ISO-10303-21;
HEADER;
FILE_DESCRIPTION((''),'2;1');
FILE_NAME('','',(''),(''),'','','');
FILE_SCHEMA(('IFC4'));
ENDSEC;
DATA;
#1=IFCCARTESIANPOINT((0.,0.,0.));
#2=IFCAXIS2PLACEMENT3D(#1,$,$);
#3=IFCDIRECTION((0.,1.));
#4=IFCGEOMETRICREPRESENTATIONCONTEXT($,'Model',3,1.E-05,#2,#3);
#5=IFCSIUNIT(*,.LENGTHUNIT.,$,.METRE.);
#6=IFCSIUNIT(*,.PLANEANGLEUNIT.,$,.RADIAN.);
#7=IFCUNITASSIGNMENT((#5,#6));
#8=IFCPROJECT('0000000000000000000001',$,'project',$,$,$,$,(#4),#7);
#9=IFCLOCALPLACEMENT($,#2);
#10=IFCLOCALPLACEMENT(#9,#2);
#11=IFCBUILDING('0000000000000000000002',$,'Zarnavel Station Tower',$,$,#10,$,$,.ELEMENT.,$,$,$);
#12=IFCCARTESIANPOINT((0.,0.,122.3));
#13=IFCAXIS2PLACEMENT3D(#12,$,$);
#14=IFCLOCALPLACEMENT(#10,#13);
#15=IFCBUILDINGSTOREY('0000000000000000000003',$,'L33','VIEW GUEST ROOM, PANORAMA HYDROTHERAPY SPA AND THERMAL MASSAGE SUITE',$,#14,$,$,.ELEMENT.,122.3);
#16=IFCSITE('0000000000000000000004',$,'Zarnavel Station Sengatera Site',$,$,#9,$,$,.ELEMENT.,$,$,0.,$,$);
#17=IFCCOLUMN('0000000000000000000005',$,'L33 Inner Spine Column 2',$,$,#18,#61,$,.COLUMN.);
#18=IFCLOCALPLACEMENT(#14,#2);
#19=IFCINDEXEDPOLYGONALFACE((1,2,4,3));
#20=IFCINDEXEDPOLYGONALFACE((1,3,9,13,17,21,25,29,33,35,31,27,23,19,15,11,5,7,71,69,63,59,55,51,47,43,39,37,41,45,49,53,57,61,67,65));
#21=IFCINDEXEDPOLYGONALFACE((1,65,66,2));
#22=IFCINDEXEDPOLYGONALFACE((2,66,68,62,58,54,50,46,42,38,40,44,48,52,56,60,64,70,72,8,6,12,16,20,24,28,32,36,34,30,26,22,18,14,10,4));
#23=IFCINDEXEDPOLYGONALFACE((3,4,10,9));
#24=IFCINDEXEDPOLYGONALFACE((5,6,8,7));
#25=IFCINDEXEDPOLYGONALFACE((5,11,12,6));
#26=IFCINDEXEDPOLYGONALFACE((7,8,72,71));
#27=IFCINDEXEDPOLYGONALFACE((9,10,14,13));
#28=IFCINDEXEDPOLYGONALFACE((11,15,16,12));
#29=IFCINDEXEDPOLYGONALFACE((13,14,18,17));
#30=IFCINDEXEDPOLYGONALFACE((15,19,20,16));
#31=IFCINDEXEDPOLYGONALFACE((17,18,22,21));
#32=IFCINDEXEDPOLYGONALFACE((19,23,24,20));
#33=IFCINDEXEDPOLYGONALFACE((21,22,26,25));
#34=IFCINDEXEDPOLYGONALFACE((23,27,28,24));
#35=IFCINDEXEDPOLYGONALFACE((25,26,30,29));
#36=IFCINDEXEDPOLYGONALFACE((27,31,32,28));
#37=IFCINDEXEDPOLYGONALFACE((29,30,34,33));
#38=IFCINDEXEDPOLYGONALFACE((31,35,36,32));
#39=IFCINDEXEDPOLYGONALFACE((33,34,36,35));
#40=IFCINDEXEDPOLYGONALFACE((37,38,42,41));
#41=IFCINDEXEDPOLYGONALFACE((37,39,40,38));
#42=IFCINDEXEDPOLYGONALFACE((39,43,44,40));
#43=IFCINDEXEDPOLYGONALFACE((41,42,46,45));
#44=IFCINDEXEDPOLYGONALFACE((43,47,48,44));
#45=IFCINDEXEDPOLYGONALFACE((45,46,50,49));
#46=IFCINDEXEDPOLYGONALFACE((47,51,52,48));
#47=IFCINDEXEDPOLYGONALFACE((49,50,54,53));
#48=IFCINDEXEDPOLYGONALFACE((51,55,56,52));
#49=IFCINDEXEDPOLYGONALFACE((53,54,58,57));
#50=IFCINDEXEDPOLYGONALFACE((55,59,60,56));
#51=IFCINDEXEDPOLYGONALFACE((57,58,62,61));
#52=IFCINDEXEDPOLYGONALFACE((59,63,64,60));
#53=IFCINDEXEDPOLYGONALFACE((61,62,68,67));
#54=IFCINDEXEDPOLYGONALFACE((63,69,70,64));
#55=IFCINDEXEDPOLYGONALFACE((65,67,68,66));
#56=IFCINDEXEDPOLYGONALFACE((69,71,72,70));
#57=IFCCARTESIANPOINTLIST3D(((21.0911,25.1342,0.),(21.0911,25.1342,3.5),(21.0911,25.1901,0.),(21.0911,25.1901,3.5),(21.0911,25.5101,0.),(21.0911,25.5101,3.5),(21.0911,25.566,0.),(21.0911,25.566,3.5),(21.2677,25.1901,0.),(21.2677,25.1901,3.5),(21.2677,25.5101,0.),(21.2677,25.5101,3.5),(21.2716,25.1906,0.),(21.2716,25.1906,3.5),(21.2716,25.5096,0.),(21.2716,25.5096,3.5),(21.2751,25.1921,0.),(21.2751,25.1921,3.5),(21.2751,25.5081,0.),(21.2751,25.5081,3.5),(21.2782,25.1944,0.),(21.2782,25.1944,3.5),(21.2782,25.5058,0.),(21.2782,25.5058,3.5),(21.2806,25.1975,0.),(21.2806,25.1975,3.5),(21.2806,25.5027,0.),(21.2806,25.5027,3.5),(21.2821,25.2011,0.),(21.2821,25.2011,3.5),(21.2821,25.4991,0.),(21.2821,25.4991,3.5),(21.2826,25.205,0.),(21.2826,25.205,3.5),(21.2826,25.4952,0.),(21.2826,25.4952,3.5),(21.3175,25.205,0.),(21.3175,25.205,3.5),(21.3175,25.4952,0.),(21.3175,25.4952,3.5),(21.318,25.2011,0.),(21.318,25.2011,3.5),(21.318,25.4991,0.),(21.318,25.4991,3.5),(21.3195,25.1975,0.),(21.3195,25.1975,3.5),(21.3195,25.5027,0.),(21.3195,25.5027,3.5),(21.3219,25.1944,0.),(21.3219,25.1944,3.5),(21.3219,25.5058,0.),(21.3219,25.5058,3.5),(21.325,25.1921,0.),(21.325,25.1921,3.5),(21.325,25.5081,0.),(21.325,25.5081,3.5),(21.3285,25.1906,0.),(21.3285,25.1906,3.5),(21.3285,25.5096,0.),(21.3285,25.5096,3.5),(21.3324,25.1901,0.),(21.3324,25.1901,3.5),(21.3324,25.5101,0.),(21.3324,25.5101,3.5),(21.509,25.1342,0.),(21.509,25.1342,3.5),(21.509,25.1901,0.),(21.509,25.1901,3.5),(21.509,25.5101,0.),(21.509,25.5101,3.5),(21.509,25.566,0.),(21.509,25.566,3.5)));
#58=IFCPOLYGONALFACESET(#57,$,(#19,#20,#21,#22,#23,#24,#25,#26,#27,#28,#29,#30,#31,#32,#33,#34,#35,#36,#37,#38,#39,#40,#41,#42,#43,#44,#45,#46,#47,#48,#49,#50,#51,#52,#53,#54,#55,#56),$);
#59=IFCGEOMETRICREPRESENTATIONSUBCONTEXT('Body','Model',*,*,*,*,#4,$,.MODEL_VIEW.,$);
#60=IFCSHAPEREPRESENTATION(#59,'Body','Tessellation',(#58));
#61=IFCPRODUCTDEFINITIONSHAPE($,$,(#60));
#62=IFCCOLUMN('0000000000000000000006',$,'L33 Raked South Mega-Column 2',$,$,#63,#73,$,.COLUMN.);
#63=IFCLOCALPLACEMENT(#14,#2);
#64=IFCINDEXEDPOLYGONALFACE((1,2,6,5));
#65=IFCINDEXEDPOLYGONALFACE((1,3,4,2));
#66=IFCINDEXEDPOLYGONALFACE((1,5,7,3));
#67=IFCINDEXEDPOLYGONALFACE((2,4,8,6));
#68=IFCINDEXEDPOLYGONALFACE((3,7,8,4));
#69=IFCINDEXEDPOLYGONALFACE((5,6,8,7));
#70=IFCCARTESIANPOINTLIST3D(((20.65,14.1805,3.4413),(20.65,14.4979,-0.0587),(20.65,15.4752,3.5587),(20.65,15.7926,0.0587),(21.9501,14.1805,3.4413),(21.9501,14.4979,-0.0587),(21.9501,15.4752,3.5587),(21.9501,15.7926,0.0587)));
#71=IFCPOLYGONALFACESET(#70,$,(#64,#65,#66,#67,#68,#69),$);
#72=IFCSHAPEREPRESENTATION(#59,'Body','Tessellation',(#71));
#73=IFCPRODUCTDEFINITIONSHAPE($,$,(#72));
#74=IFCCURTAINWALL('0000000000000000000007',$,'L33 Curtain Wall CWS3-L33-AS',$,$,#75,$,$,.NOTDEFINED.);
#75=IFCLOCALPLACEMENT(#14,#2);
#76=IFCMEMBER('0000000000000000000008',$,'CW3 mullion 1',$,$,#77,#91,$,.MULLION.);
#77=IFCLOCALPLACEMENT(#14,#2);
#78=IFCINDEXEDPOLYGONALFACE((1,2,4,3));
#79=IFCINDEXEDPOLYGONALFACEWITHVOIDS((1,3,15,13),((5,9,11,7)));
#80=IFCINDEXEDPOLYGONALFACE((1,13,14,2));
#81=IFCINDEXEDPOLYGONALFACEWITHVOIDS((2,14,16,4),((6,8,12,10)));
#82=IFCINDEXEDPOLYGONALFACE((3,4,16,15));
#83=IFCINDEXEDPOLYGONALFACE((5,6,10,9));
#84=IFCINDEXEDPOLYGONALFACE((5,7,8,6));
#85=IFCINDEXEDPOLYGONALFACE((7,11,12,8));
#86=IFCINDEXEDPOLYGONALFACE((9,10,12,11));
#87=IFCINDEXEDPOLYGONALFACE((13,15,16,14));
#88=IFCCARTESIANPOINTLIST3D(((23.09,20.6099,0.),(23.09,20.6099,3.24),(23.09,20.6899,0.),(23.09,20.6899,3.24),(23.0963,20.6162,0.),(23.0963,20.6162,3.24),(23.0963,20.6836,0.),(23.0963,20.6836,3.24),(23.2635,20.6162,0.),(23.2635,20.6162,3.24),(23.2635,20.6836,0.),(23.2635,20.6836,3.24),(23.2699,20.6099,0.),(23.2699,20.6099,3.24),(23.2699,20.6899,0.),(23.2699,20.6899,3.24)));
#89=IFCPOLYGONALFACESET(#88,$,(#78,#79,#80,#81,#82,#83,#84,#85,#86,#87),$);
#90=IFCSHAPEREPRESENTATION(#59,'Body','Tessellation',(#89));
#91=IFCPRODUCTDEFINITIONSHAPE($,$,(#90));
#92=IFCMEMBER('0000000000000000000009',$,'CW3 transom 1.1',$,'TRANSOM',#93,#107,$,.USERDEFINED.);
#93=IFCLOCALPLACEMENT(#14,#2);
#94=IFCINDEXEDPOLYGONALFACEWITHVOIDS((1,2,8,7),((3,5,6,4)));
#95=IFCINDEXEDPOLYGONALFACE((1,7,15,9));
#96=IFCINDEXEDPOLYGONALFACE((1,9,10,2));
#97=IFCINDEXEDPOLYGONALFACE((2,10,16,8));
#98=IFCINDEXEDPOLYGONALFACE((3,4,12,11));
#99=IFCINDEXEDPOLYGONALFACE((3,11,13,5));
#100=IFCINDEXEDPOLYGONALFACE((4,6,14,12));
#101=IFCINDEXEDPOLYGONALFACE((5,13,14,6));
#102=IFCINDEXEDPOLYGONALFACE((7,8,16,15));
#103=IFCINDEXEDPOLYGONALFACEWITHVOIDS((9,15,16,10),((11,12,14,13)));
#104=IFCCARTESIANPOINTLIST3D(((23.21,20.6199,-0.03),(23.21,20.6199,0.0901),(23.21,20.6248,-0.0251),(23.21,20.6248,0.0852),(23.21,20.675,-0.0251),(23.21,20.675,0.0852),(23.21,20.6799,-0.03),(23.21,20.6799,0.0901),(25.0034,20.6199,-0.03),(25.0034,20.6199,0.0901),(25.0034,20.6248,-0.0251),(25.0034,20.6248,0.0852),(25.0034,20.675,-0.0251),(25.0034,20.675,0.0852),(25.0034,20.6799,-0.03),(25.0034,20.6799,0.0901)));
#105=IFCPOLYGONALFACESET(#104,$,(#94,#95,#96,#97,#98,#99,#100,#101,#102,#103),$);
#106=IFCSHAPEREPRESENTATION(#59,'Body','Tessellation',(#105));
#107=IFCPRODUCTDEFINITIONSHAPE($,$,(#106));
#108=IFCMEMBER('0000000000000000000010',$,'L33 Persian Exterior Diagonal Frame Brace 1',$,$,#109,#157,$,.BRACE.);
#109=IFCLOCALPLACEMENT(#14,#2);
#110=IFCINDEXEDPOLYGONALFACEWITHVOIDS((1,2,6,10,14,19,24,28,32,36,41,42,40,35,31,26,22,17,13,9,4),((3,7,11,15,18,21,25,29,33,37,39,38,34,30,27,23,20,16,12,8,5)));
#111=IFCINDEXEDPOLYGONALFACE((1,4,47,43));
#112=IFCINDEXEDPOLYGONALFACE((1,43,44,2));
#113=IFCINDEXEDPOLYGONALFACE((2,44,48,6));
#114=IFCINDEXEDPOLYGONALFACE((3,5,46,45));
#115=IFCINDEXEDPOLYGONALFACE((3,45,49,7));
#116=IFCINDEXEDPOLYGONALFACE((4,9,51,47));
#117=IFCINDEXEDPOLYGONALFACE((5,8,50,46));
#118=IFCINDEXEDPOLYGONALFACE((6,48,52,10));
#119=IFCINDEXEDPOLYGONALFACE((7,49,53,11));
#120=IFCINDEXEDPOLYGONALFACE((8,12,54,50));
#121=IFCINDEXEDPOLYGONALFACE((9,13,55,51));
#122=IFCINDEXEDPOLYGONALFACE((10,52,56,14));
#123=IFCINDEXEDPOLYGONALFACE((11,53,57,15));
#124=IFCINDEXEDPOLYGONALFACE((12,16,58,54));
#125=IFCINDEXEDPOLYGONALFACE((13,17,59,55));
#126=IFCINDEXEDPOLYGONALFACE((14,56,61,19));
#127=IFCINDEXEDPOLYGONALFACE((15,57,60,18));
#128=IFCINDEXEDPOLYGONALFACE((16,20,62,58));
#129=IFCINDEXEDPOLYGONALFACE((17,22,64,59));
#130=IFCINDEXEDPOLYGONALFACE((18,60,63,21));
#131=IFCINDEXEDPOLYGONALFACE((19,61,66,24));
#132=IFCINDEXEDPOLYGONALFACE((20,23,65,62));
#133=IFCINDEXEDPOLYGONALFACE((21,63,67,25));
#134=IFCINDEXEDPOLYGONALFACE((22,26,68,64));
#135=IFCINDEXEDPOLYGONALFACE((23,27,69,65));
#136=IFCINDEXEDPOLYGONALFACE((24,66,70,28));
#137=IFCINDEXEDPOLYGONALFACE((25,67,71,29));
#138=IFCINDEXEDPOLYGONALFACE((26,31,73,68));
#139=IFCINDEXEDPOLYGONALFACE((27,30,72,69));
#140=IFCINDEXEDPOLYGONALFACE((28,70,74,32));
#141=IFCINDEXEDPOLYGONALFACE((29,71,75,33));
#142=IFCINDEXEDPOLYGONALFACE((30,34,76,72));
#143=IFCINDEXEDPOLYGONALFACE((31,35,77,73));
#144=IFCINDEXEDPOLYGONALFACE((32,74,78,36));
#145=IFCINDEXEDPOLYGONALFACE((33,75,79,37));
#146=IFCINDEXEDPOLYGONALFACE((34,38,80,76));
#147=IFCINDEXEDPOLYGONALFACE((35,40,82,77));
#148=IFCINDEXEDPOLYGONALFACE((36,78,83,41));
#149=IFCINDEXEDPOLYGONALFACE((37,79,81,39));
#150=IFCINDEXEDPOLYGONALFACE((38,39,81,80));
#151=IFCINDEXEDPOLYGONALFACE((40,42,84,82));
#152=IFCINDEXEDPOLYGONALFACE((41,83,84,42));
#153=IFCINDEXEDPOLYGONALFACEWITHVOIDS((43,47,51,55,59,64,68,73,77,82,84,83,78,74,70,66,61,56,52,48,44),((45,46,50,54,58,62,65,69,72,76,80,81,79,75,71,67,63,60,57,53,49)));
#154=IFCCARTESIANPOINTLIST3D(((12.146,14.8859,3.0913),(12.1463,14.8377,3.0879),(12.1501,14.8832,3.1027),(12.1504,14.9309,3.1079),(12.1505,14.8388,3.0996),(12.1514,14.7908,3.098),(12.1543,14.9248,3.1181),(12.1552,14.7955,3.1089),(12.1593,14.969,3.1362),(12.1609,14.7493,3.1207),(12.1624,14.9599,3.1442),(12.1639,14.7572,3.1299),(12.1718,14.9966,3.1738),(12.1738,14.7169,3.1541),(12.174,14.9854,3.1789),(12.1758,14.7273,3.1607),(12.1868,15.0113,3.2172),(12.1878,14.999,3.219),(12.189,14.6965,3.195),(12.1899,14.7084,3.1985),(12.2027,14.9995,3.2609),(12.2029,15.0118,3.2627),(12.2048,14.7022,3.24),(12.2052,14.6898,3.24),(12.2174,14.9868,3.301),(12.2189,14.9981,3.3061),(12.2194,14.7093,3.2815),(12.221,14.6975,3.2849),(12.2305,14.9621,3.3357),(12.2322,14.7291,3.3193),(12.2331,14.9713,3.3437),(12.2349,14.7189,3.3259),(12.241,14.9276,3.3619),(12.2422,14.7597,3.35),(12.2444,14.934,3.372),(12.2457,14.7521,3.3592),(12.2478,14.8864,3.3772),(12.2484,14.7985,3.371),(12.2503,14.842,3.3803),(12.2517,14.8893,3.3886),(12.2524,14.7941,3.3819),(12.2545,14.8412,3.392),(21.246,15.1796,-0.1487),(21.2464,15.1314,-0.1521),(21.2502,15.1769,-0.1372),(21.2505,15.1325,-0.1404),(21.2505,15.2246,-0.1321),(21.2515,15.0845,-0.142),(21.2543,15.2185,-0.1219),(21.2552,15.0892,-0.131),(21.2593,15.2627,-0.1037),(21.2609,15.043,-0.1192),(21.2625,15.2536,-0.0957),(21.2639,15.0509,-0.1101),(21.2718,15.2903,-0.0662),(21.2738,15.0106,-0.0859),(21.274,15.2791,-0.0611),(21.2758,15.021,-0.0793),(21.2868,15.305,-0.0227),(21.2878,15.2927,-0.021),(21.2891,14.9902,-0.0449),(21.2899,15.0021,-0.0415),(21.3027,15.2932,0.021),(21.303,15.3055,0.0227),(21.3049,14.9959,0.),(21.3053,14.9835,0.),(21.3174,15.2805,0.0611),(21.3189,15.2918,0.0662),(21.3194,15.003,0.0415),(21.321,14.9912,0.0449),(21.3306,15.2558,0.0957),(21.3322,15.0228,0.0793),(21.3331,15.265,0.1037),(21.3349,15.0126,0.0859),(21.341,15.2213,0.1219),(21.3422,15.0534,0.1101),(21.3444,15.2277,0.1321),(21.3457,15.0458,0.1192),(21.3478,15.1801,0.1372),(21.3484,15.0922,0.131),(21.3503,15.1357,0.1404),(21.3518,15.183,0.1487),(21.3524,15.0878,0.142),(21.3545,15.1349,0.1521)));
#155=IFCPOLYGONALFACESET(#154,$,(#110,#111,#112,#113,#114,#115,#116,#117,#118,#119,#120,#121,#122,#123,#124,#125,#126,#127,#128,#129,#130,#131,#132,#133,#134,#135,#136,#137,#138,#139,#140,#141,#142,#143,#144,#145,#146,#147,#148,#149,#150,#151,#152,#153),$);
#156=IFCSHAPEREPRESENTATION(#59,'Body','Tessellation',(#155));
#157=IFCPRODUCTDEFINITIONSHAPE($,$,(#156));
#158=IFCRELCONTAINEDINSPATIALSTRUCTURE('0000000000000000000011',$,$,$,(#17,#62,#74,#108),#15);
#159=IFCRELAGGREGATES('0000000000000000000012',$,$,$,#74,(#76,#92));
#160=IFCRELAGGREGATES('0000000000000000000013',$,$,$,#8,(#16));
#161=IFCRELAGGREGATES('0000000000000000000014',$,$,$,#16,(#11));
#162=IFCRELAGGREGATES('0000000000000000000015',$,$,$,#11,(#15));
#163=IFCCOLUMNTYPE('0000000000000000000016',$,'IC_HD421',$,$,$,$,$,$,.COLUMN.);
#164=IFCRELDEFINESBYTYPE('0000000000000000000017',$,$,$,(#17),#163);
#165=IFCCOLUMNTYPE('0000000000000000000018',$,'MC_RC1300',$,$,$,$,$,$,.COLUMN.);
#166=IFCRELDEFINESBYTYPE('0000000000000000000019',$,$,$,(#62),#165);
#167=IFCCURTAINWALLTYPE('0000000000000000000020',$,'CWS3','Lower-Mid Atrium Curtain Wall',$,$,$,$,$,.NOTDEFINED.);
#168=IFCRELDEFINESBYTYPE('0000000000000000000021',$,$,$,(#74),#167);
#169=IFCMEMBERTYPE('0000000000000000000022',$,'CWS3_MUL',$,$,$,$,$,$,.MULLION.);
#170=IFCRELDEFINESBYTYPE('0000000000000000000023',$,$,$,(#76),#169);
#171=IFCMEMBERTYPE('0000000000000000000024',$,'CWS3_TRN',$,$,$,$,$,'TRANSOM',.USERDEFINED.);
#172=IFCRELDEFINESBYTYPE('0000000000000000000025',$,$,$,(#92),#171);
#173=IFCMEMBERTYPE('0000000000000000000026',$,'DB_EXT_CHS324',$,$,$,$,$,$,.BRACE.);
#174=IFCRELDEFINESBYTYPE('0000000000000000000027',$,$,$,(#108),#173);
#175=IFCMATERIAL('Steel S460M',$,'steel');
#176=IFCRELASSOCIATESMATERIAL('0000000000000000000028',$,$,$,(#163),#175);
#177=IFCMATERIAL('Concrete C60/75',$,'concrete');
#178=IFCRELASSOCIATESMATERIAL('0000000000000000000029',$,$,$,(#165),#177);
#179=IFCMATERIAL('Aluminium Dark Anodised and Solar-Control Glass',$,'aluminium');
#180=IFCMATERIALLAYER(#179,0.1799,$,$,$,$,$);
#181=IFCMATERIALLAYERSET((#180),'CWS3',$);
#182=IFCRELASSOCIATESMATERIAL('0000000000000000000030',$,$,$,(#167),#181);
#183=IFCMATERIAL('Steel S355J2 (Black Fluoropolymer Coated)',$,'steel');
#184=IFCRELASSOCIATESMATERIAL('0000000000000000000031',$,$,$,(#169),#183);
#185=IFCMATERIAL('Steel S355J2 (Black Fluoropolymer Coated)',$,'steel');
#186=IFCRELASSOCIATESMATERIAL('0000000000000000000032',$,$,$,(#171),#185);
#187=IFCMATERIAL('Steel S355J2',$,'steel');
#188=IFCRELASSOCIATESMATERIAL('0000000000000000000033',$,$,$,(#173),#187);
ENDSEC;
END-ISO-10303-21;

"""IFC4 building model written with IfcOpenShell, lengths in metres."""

from ifc_helpers import new_model, si_unit, direction, frame, origin, origin_2d, place, context, subcontext, project, spatial, rectangle, hollow_rectangle, hollow_circle, i_section, extrude, material, layer, layer_set, material_profile, profile_set, type_object, element, aggregate, save


model = new_model("IFC4")

# Units and contexts
model_context = context("Model", 3, precision=1e-05, world=origin(), true_north=direction((0.0, 1.0)))
body_context = subcontext(model_context, "Body", "Model", "MODEL_VIEW")
ifc_project = project(units=[si_unit("LENGTHUNIT", "METRE"), si_unit("PLANEANGLEUNIT", "RADIAN")], contexts=[model_context])

# Site, building, storey
site_placement = place(None, origin())
site = spatial("IfcSite", under=ifc_project, at=site_placement, Name="Zarnavel Station Sengatera Site", CompositionType="ELEMENT", RefElevation=0.0)
building_placement = place(site_placement, origin())
building = spatial("IfcBuilding", under=site, at=building_placement, Name="Zarnavel Station Tower", CompositionType="ELEMENT")
storey_placement = place(building_placement, frame((0.0, 0.0, 122.3)))
storey = spatial("IfcBuildingStorey", under=building, at=storey_placement, Name="L33", Description="VIEW GUEST ROOM, PANORAMA HYDROTHERAPY SPA AND THERMAL MASSAGE SUITE", CompositionType="ELEMENT", Elevation=122.3)

# Columns
ifc_material_1 = material(Name="Steel S460M", Category="steel")
ifc_material_profile_1 = material_profile(ifc_material_1, i_section(OverallWidth=0.418, OverallDepth=0.4319, WebThickness=0.0349, FlangeThickness=0.0559, FilletRadius=0.0149, at=origin_2d()), Name="HD400x421")
ifc_profile_set_1 = profile_set([ifc_material_profile_1], Name="Steel S460M")
column_type_1 = type_object("IfcColumnType", Name="IC_HD421", PredefinedType="COLUMN", material=ifc_profile_set_1)
column_1_placement = place(storey_placement, frame((21.3, 25.3501, 0.0), z_axis=(0.0, 0.0, 1.0), x_axis=(1.0, 0.0, 0.0)))
element("IfcColumn", 1, at=column_1_placement, inside=storey, type_object=column_type_1, Name="L33 Inner Spine Column 2", PredefinedType="COLUMN", context=body_context, shape_type="SweptSolid", body=[
    extrude(i_section(OverallWidth=0.418, OverallDepth=0.4319, WebThickness=0.0349, FlangeThickness=0.0559, FilletRadius=0.0149, at=origin_2d()), origin(), (0.0, 0.0, 1.0), 3.5),
])
ifc_material_2 = material(Name="Concrete C60/75", Category="concrete")
ifc_material_profile_2 = material_profile(ifc_material_2, rectangle(XDim=1.3, YDim=1.3, at=origin_2d()), Name="RC1300x1300")
ifc_profile_set_2 = profile_set([ifc_material_profile_2], Name="Concrete C60/75")
column_type_2 = type_object("IfcColumnType", Name="MC_RC1300", PredefinedType="COLUMN", material=ifc_profile_set_2)
column_2_placement = place(storey_placement, frame((21.3, 15.1453, 0.0), z_axis=(0.0, -0.09031, 0.995914), x_axis=(1.0, 0.0, 0.0)))
element("IfcColumn", 2, at=column_2_placement, inside=storey, type_object=column_type_2, Name="L33 Raked South Mega-Column 2", PredefinedType="COLUMN", context=body_context, shape_type="SweptSolid", body=[
    extrude(rectangle(XDim=1.3, YDim=1.3, at=origin_2d()), origin(), (0.0, 0.0, 1.0), 3.5144),
])

# Curtain wall, members
ifc_material_3 = material(Name="Aluminium Dark Anodised and Solar-Control Glass", Category="aluminium")
ifc_layer_1 = layer(ifc_material_3, 0.1799)
ifc_layer_set_1 = layer_set([ifc_layer_1], Name="CWS3")
curtain_wall_type = type_object("IfcCurtainWallType", Name="CWS3", Description="Lower-Mid Atrium Curtain Wall", PredefinedType="NOTDEFINED", material=ifc_layer_set_1)
curtain_wall_placement = place(storey_placement, origin())
curtain_wall = element("IfcCurtainWall", 3, at=curtain_wall_placement, inside=storey, type_object=curtain_wall_type, Name="L33 Curtain Wall CWS3-L33-AS", PredefinedType="NOTDEFINED")
ifc_material_4 = material(Name="Steel S355J2 (Black Fluoropolymer Coated)", Category="steel")
ifc_material_profile_3 = material_profile(ifc_material_4, hollow_rectangle(XDim=0.0801, YDim=0.1799, WallThickness=0.0063, at=origin_2d()), Name="RHS180x80x6.3")
ifc_profile_set_3 = profile_set([ifc_material_profile_3], Name="Steel S355J2 (Black Fluoropolymer Coated)")
member_type_1 = type_object("IfcMemberType", Name="CWS3_MUL", PredefinedType="MULLION", material=ifc_profile_set_3)
member_1_placement = place(storey_placement, frame((23.1799, 20.6499, 0.0), z_axis=(0.0, 0.0, 1.0), x_axis=(0.0, 1.0, 0.0)))
member_1 = element("IfcMember", 4, at=member_1_placement, type_object=member_type_1, Name="CW3 mullion 1", PredefinedType="MULLION", context=body_context, shape_type="SweptSolid", body=[
    extrude(hollow_rectangle(XDim=0.0801, YDim=0.1799, WallThickness=0.0063, at=origin_2d()), origin(), (0.0, 0.0, 1.0), 3.24),
])
ifc_material_5 = material(Name="Steel S355J2 (Black Fluoropolymer Coated)", Category="steel")
ifc_material_profile_4 = material_profile(ifc_material_5, hollow_rectangle(XDim=0.0601, YDim=0.1201, WallThickness=0.0049, at=origin_2d()), Name="RHS120x60x5")
ifc_profile_set_4 = profile_set([ifc_material_profile_4], Name="Steel S355J2 (Black Fluoropolymer Coated)")
member_type_2 = type_object("IfcMemberType", Name="CWS3_TRN", ElementType="TRANSOM", PredefinedType="USERDEFINED", material=ifc_profile_set_4)
member_2_placement = place(storey_placement, frame((23.21, 20.6499, 0.03), z_axis=(1.0, 0.0, 0.0), x_axis=(0.0, 1.0, 0.0)))
member_2 = element("IfcMember", 5, at=member_2_placement, type_object=member_type_2, Name="CW3 transom 1.1", ObjectType="TRANSOM", PredefinedType="USERDEFINED", context=body_context, shape_type="SweptSolid", body=[
    extrude(hollow_rectangle(XDim=0.0601, YDim=0.1201, WallThickness=0.0049, at=origin_2d()), origin(), (0.0, 0.0, 1.0), 1.7935),
])
aggregate(curtain_wall, [member_1, member_2])

# Member
ifc_material_6 = material(Name="Steel S355J2", Category="steel")
ifc_material_profile_5 = material_profile(ifc_material_6, hollow_circle(Radius=0.1619, WallThickness=0.0125, at=origin_2d()), Name="CHS323.9x12.5")
ifc_profile_set_5 = profile_set([ifc_material_profile_5], Name="Steel S355J2")
member_type_3 = type_object("IfcMemberType", Name="DB_EXT_CHS324", PredefinedType="BRACE", material=ifc_profile_set_5)
member_3_placement = place(storey_placement, frame((21.3, 15.1453, 0.0), z_axis=(-0.941636, -0.030391, 0.335259), x_axis=(0.032258, -0.99948, 0.0)))
element("IfcMember", 6, at=member_3_placement, inside=storey, type_object=member_type_3, Name="L33 Persian Exterior Diagonal Frame Brace 1", PredefinedType="BRACE", context=body_context, shape_type="SweptSolid", body=[
    extrude(hollow_circle(Radius=0.1619, WallThickness=0.0125, at=origin_2d()), origin(), (0.0, 0.0, 1.0), 9.6641),
])

save(model, "model.ifc")
